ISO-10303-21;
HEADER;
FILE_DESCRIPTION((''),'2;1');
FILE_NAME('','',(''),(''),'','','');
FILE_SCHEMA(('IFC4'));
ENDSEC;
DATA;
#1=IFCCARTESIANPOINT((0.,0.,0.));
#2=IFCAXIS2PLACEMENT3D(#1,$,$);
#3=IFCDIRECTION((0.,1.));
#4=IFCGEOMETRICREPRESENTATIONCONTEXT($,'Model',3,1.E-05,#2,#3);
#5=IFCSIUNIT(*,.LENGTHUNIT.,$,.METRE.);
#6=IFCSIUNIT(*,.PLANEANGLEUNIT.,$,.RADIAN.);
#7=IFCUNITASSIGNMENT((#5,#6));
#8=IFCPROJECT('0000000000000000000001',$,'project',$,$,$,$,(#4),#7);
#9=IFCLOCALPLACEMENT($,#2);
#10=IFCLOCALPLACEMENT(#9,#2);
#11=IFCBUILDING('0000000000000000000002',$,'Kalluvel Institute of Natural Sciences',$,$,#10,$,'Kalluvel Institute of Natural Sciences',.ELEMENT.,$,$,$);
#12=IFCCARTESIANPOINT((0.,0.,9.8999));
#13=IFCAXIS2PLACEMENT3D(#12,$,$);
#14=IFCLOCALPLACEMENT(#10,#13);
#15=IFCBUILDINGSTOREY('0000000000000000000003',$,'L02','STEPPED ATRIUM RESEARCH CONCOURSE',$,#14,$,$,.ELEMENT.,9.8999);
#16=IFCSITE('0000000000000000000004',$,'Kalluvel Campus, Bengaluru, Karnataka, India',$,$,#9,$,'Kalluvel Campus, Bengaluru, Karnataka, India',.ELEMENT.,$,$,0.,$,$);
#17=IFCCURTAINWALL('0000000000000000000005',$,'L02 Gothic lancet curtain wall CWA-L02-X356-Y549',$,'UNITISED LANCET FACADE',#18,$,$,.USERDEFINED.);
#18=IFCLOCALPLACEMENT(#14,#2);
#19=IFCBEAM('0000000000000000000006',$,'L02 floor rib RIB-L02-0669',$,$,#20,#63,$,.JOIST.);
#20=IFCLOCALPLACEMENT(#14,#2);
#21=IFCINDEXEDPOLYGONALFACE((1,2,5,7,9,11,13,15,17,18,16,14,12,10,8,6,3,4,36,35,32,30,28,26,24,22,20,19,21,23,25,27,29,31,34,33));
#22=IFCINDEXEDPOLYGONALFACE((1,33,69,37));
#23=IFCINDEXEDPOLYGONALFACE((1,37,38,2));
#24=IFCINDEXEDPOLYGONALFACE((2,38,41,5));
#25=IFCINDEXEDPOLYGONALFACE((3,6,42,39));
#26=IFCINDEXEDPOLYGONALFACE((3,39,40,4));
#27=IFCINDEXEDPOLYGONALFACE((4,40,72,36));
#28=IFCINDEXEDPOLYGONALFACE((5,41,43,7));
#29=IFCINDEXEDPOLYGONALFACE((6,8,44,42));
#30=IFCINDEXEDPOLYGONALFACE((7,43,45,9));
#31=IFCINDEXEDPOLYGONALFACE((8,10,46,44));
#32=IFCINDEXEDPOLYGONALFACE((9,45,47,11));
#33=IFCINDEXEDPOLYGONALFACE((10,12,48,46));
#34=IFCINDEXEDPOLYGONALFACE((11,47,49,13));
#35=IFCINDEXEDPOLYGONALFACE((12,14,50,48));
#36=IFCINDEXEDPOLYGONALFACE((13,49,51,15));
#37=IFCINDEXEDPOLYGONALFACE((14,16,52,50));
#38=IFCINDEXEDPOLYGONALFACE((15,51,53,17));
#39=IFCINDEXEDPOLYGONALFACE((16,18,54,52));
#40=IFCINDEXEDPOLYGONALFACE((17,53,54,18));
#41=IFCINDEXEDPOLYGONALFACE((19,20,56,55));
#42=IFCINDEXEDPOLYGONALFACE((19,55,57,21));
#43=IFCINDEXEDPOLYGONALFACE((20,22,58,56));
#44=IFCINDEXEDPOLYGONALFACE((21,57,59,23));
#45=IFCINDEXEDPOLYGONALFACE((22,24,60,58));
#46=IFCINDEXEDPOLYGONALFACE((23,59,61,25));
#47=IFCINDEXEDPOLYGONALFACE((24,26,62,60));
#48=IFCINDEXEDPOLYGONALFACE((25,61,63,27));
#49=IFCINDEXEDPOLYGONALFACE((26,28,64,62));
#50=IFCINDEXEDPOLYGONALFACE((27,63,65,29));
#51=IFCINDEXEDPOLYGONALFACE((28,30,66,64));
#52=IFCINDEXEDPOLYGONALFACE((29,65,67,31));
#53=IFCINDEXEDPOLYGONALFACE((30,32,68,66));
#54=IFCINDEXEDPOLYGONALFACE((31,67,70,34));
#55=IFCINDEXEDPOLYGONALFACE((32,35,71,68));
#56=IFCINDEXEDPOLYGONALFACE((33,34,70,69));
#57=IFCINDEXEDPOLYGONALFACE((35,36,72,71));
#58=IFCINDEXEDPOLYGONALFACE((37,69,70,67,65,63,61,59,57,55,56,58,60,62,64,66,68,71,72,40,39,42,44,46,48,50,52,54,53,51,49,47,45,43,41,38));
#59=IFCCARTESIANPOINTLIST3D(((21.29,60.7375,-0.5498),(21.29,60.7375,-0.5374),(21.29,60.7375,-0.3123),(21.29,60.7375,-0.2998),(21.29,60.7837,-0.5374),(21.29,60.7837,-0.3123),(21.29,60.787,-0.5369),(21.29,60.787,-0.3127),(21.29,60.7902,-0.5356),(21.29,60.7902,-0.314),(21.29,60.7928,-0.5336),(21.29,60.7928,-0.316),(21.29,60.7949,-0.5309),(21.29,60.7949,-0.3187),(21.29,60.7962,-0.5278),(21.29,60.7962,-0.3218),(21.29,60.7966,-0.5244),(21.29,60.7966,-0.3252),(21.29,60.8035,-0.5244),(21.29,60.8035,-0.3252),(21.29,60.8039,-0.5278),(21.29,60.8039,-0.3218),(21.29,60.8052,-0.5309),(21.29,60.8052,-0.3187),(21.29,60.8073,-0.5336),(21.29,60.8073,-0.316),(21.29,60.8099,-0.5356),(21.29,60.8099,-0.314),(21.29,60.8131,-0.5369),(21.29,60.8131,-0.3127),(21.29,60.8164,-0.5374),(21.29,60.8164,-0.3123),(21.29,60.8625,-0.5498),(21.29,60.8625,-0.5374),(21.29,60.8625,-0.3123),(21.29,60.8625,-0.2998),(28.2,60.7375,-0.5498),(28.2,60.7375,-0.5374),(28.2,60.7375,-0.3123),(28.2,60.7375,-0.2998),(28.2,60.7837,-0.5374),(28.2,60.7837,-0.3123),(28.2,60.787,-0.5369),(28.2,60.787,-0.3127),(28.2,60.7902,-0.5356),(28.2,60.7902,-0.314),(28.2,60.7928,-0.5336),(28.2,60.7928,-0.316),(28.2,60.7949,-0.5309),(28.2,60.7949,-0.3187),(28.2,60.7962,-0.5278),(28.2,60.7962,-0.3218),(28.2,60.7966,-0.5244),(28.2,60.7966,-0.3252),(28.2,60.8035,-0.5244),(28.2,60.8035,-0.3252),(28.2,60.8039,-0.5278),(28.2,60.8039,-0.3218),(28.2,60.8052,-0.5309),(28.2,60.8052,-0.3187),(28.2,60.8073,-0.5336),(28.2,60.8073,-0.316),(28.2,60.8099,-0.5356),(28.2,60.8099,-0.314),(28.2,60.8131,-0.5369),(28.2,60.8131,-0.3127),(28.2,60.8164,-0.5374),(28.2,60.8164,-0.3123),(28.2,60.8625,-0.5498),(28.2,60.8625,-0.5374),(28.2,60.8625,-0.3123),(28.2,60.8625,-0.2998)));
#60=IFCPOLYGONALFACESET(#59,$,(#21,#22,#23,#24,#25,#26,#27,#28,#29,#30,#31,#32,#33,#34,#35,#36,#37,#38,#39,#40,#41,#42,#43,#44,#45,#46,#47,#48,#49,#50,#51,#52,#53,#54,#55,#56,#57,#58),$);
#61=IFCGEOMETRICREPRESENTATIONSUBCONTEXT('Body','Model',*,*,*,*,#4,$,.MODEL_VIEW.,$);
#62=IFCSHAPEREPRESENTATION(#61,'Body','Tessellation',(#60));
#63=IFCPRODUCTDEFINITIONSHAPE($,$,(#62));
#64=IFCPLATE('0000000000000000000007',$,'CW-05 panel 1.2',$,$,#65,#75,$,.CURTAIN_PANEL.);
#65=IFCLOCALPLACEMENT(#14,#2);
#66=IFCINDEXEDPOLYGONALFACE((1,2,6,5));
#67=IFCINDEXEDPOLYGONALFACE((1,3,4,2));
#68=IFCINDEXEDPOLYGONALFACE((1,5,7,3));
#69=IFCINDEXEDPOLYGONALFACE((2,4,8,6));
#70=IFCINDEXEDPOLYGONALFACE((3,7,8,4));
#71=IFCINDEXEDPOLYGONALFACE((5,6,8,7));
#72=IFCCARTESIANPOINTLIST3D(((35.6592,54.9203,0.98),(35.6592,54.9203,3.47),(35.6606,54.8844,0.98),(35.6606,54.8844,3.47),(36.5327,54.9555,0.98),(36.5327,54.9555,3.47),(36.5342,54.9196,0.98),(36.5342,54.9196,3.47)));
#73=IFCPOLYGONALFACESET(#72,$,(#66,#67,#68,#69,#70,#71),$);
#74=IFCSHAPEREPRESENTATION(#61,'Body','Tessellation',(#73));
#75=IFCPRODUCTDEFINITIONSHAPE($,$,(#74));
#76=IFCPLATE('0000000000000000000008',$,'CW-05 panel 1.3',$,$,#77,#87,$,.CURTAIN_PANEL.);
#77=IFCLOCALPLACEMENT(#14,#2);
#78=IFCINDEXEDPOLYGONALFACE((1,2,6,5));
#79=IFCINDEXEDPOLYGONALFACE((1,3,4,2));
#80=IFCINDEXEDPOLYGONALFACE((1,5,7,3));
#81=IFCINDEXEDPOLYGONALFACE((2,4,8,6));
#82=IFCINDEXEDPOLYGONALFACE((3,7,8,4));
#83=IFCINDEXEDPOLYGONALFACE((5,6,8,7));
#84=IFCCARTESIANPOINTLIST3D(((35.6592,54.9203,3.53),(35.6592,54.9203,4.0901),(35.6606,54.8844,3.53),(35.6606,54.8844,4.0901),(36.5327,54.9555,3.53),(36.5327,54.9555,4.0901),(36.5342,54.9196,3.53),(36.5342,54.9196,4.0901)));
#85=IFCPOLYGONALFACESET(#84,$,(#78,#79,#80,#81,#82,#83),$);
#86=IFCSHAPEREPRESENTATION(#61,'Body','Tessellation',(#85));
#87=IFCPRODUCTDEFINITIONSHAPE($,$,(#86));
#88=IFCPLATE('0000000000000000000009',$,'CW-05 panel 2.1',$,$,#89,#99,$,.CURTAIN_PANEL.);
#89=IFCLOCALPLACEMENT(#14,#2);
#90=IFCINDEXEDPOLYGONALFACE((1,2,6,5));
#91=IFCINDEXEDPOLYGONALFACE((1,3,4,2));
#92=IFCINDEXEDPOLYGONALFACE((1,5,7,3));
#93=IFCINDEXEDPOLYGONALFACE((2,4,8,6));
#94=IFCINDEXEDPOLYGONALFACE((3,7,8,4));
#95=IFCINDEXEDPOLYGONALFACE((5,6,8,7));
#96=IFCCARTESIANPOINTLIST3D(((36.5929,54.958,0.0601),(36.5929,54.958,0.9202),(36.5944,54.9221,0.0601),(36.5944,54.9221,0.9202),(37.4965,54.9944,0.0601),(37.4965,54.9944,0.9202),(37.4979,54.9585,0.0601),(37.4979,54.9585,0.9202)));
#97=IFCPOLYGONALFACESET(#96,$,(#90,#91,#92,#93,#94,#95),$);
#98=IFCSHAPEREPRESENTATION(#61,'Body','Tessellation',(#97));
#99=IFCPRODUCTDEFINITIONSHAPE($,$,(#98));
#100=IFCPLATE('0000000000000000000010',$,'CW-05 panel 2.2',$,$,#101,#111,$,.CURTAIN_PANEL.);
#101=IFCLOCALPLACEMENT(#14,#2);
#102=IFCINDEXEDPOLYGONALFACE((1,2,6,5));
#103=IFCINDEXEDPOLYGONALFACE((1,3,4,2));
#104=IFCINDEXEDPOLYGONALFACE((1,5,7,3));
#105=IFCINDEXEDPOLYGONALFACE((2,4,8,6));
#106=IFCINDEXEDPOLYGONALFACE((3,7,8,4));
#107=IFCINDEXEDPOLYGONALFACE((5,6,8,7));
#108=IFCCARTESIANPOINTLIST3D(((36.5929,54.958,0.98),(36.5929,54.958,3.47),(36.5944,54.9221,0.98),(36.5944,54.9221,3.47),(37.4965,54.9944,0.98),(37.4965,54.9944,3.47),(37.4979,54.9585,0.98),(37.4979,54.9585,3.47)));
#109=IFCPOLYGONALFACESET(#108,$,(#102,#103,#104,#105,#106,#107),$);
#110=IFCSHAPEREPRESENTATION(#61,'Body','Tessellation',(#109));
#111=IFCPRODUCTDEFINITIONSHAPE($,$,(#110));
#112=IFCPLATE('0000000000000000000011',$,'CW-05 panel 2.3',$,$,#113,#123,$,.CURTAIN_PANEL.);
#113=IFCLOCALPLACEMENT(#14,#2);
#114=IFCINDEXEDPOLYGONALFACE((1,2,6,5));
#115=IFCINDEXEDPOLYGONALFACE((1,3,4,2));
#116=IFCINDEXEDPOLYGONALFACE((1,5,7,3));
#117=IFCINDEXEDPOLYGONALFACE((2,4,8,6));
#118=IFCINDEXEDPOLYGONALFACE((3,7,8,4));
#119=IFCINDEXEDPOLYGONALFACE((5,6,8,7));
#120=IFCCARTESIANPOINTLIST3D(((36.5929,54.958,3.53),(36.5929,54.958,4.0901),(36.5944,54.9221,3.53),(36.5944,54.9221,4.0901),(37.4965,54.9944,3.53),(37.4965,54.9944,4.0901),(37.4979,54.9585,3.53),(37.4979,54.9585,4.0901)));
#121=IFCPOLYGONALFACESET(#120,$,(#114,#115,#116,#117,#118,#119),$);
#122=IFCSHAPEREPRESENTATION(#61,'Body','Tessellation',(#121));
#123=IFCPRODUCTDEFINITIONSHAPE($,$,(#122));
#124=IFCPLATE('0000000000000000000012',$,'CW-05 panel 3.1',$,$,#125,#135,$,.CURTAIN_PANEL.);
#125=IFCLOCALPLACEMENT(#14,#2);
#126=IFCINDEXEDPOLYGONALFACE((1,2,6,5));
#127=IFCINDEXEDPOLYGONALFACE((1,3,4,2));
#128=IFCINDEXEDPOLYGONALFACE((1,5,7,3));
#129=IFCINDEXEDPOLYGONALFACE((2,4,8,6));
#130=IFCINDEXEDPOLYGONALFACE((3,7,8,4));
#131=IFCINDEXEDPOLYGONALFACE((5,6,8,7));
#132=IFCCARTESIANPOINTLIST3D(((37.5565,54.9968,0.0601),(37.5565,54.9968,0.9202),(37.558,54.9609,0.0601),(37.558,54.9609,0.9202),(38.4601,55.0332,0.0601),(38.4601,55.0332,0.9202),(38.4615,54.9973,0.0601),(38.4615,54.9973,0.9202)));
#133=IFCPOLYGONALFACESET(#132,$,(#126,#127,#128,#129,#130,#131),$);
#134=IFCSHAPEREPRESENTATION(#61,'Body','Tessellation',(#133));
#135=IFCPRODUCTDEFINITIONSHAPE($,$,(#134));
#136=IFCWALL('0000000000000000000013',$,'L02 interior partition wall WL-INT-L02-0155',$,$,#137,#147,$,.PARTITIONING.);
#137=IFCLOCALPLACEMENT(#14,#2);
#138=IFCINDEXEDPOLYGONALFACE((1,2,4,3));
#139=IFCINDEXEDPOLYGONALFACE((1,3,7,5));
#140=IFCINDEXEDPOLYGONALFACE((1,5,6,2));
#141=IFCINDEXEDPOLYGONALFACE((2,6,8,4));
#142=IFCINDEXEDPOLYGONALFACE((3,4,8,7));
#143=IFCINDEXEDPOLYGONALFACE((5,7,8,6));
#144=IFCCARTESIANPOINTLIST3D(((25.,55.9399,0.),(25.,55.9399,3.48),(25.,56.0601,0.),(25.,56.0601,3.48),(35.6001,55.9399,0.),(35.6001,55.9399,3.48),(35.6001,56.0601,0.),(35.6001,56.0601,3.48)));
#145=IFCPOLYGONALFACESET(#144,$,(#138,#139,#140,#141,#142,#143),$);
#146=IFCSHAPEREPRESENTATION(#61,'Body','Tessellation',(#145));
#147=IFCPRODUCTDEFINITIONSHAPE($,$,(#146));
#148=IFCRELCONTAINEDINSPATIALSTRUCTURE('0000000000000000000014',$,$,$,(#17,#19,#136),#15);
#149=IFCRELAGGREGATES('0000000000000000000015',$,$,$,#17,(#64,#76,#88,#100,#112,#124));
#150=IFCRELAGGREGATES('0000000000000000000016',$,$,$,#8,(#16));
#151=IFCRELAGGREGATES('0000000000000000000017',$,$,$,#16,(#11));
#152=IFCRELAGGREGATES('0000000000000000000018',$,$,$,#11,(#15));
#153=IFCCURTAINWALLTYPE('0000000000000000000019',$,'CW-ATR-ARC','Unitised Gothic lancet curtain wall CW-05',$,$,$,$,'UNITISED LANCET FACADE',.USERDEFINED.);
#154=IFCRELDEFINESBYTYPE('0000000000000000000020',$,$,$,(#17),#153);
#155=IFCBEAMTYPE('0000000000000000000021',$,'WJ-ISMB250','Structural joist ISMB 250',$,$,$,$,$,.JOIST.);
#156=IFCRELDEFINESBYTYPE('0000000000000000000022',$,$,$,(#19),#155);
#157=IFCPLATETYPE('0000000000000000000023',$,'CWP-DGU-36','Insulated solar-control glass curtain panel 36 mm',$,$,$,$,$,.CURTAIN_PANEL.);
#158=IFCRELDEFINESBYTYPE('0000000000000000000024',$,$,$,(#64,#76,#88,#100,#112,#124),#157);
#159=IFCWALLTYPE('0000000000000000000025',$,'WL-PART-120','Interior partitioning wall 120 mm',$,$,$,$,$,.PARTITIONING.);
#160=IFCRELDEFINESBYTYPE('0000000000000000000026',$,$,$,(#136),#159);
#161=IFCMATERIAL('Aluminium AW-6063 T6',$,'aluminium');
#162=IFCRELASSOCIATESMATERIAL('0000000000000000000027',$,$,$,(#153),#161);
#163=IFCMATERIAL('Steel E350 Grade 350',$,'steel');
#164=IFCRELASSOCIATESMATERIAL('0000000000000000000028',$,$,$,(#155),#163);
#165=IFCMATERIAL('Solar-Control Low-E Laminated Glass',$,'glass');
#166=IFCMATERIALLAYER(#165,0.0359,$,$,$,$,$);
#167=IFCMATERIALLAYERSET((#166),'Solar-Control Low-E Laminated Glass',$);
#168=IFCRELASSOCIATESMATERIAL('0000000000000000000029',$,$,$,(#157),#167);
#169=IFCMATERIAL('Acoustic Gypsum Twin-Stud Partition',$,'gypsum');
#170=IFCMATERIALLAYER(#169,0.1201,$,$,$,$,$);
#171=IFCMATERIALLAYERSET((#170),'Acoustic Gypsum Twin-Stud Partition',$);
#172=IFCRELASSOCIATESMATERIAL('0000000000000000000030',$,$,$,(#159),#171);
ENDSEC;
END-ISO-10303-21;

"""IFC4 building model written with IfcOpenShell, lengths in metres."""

from ifc_helpers import new_model, si_unit, direction, frame, frame_2d, origin, origin_2d, place, context, subcontext, project, spatial, rectangle, i_section, extrude, material, layer, layer_set, material_profile, profile_set, type_object, element, aggregate, save


model = new_model("IFC4")

# Units and contexts
model_context = context("Model", 3, precision=1e-05, world=origin(), true_north=direction((0.0, 1.0)))
body_context = subcontext(model_context, "Body", "Model", "MODEL_VIEW")
ifc_project = project(units=[si_unit("LENGTHUNIT", "METRE"), si_unit("PLANEANGLEUNIT", "RADIAN")], contexts=[model_context])

# Site, building, storey
site_placement = place(None, origin())
site = spatial("IfcSite", under=ifc_project, at=site_placement, Name="Kalluvel Campus, Bengaluru, Karnataka, India", LongName="Kalluvel Campus, Bengaluru, Karnataka, India", CompositionType="ELEMENT", RefElevation=0.0)
building_placement = place(site_placement, origin())
building = spatial("IfcBuilding", under=site, at=building_placement, Name="Kalluvel Institute of Natural Sciences", LongName="Kalluvel Institute of Natural Sciences", CompositionType="ELEMENT")
storey_placement = place(building_placement, frame((0.0, 0.0, 9.8999)))
storey = spatial("IfcBuildingStorey", under=building, at=storey_placement, Name="L02", Description="STEPPED ATRIUM RESEARCH CONCOURSE", CompositionType="ELEMENT", Elevation=9.8999)

# Shared definitions
ifc_material_1 = material(Name="Steel E350 Grade 350", Category="steel")

# Curtain wall
ifc_material_2 = material(Name="Aluminium AW-6063 T6", Category="aluminium")
curtain_wall_type = type_object("IfcCurtainWallType", Name="CW-ATR-ARC", Description="Unitised Gothic lancet curtain wall CW-05", ElementType="UNITISED LANCET FACADE", PredefinedType="USERDEFINED", material=ifc_material_2)
curtain_wall_placement = place(storey_placement, origin())
curtain_wall = element("IfcCurtainWall", 1, at=curtain_wall_placement, inside=storey, type_object=curtain_wall_type, Name="L02 Gothic lancet curtain wall CWA-L02-X356-Y549", ObjectType="UNITISED LANCET FACADE", PredefinedType="USERDEFINED")

# Beam
ifc_material_profile_1 = material_profile(ifc_material_1, i_section(OverallWidth=0.125, OverallDepth=0.25, WebThickness=0.0068, FlangeThickness=0.0125, FilletRadius=0.0129, at=origin_2d()), Name="ISMB 250")
ifc_profile_set_1 = profile_set([ifc_material_profile_1], Name="Steel E350 Grade 350")
beam_type_1 = type_object("IfcBeamType", Name="WJ-ISMB250", Description="Structural joist ISMB 250", PredefinedType="JOIST", material=ifc_profile_set_1)
beam_1_placement = place(storey_placement, frame((21.29, 60.8, -0.4248), z_axis=(1.0, 0.0, 0.0), x_axis=(0.0, 1.0, 0.0)))
element("IfcBeam", 2, at=beam_1_placement, inside=storey, type_object=beam_type_1, Name="L02 floor rib RIB-L02-0669", PredefinedType="JOIST", context=body_context, shape_type="SweptSolid", body=[
    extrude(i_section(OverallWidth=0.125, OverallDepth=0.25, WebThickness=0.0068, FlangeThickness=0.0125, FilletRadius=0.0129, at=origin_2d()), origin(), (0.0, 0.0, 1.0), 6.9099),
])

# Plates
ifc_material_3 = material(Name="Solar-Control Low-E Laminated Glass", Category="glass")
ifc_layer_1 = layer(ifc_material_3, 0.0359)
ifc_layer_set_1 = layer_set([ifc_layer_1], Name="Solar-Control Low-E Laminated Glass")
plate_type = type_object("IfcPlateType", Name="CWP-DGU-36", Description="Insulated solar-control glass curtain panel 36 mm", PredefinedType="CURTAIN_PANEL", material=ifc_layer_set_1)
plate_1_placement = place(storey_placement, frame((36.0967, 54.9199, 0.98), z_axis=(0.0, 0.0, 1.0), x_axis=(0.999189, 0.04026, 0.0)))
plate_1 = element("IfcPlate", 3, at=plate_1_placement, type_object=plate_type, Name="CW-05 panel 1.2", PredefinedType="CURTAIN_PANEL", context=body_context, shape_type="SweptSolid", body=[
    extrude(rectangle(XDim=0.8743, YDim=0.0359, at=origin_2d()), origin(), (0.0, 0.0, 1.0), 2.49),
])
plate_2_placement = place(storey_placement, frame((36.0967, 54.9199, 3.53), z_axis=(0.0, 0.0, 1.0), x_axis=(0.999189, 0.04026, 0.0)))
plate_2 = element("IfcPlate", 4, at=plate_2_placement, type_object=plate_type, Name="CW-05 panel 1.3", PredefinedType="CURTAIN_PANEL", context=body_context, shape_type="SweptSolid", body=[
    extrude(rectangle(XDim=0.8743, YDim=0.0359, at=origin_2d()), origin(), (0.0, 0.0, 1.0), 0.5601),
])
plate_3_placement = place(storey_placement, frame((37.0454, 54.9583, 0.0601), z_axis=(0.0, 0.0, 1.0), x_axis=(0.999189, 0.04026, 0.0)))
plate_3 = element("IfcPlate", 5, at=plate_3_placement, type_object=plate_type, Name="CW-05 panel 2.1", PredefinedType="CURTAIN_PANEL", context=body_context, shape_type="SweptSolid", body=[
    extrude(rectangle(XDim=0.9043, YDim=0.0359, at=origin_2d()), origin(), (0.0, 0.0, 1.0), 0.8601),
])
plate_4_placement = place(storey_placement, frame((37.0454, 54.9583, 0.98), z_axis=(0.0, 0.0, 1.0), x_axis=(0.999189, 0.04026, 0.0)))
plate_4 = element("IfcPlate", 6, at=plate_4_placement, type_object=plate_type, Name="CW-05 panel 2.2", PredefinedType="CURTAIN_PANEL", context=body_context, shape_type="SweptSolid", body=[
    extrude(rectangle(XDim=0.9043, YDim=0.0359, at=origin_2d()), origin(), (0.0, 0.0, 1.0), 2.49),
])
plate_5_placement = place(storey_placement, frame((37.0454, 54.9583, 3.53), z_axis=(0.0, 0.0, 1.0), x_axis=(0.999189, 0.04026, 0.0)))
plate_5 = element("IfcPlate", 7, at=plate_5_placement, type_object=plate_type, Name="CW-05 panel 2.3", PredefinedType="CURTAIN_PANEL", context=body_context, shape_type="SweptSolid", body=[
    extrude(rectangle(XDim=0.9043, YDim=0.0359, at=origin_2d()), origin(), (0.0, 0.0, 1.0), 0.5601),
])
plate_6_placement = place(storey_placement, frame((38.009, 54.9971, 0.0601), z_axis=(0.0, 0.0, 1.0), x_axis=(0.999189, 0.04026, 0.0)))
plate_6 = element("IfcPlate", 8, at=plate_6_placement, type_object=plate_type, Name="CW-05 panel 3.1", PredefinedType="CURTAIN_PANEL", context=body_context, shape_type="SweptSolid", body=[
    extrude(rectangle(XDim=0.9043, YDim=0.0359, at=origin_2d()), origin(), (0.0, 0.0, 1.0), 0.8601),
])
aggregate(curtain_wall, [plate_1, plate_2, plate_3, plate_4, plate_5, plate_6])

# Wall
ifc_material_4 = material(Name="Acoustic Gypsum Twin-Stud Partition", Category="gypsum")
ifc_layer_2 = layer(ifc_material_4, 0.1201)
ifc_layer_set_2 = layer_set([ifc_layer_2], Name="Acoustic Gypsum Twin-Stud Partition")
wall_type_1 = type_object("IfcWallType", Name="WL-PART-120", Description="Interior partitioning wall 120 mm", PredefinedType="PARTITIONING", material=ifc_layer_set_2)
wall_1_placement = place(storey_placement, frame((25.0, 56.0, 0.0), z_axis=(0.0, 0.0, 1.0), x_axis=(1.0, 0.0, 0.0)))
element("IfcWall", 9, at=wall_1_placement, inside=storey, type_object=wall_type_1, Name="L02 interior partition wall WL-INT-L02-0155", PredefinedType="PARTITIONING", context=body_context, shape_type="SweptSolid", body=[
    extrude(rectangle(XDim=10.6001, YDim=0.1201, at=frame_2d((5.3, 0.0))), origin(), (0.0, 0.0, 1.0), 3.48),
])

save(model, "model.ifc")
